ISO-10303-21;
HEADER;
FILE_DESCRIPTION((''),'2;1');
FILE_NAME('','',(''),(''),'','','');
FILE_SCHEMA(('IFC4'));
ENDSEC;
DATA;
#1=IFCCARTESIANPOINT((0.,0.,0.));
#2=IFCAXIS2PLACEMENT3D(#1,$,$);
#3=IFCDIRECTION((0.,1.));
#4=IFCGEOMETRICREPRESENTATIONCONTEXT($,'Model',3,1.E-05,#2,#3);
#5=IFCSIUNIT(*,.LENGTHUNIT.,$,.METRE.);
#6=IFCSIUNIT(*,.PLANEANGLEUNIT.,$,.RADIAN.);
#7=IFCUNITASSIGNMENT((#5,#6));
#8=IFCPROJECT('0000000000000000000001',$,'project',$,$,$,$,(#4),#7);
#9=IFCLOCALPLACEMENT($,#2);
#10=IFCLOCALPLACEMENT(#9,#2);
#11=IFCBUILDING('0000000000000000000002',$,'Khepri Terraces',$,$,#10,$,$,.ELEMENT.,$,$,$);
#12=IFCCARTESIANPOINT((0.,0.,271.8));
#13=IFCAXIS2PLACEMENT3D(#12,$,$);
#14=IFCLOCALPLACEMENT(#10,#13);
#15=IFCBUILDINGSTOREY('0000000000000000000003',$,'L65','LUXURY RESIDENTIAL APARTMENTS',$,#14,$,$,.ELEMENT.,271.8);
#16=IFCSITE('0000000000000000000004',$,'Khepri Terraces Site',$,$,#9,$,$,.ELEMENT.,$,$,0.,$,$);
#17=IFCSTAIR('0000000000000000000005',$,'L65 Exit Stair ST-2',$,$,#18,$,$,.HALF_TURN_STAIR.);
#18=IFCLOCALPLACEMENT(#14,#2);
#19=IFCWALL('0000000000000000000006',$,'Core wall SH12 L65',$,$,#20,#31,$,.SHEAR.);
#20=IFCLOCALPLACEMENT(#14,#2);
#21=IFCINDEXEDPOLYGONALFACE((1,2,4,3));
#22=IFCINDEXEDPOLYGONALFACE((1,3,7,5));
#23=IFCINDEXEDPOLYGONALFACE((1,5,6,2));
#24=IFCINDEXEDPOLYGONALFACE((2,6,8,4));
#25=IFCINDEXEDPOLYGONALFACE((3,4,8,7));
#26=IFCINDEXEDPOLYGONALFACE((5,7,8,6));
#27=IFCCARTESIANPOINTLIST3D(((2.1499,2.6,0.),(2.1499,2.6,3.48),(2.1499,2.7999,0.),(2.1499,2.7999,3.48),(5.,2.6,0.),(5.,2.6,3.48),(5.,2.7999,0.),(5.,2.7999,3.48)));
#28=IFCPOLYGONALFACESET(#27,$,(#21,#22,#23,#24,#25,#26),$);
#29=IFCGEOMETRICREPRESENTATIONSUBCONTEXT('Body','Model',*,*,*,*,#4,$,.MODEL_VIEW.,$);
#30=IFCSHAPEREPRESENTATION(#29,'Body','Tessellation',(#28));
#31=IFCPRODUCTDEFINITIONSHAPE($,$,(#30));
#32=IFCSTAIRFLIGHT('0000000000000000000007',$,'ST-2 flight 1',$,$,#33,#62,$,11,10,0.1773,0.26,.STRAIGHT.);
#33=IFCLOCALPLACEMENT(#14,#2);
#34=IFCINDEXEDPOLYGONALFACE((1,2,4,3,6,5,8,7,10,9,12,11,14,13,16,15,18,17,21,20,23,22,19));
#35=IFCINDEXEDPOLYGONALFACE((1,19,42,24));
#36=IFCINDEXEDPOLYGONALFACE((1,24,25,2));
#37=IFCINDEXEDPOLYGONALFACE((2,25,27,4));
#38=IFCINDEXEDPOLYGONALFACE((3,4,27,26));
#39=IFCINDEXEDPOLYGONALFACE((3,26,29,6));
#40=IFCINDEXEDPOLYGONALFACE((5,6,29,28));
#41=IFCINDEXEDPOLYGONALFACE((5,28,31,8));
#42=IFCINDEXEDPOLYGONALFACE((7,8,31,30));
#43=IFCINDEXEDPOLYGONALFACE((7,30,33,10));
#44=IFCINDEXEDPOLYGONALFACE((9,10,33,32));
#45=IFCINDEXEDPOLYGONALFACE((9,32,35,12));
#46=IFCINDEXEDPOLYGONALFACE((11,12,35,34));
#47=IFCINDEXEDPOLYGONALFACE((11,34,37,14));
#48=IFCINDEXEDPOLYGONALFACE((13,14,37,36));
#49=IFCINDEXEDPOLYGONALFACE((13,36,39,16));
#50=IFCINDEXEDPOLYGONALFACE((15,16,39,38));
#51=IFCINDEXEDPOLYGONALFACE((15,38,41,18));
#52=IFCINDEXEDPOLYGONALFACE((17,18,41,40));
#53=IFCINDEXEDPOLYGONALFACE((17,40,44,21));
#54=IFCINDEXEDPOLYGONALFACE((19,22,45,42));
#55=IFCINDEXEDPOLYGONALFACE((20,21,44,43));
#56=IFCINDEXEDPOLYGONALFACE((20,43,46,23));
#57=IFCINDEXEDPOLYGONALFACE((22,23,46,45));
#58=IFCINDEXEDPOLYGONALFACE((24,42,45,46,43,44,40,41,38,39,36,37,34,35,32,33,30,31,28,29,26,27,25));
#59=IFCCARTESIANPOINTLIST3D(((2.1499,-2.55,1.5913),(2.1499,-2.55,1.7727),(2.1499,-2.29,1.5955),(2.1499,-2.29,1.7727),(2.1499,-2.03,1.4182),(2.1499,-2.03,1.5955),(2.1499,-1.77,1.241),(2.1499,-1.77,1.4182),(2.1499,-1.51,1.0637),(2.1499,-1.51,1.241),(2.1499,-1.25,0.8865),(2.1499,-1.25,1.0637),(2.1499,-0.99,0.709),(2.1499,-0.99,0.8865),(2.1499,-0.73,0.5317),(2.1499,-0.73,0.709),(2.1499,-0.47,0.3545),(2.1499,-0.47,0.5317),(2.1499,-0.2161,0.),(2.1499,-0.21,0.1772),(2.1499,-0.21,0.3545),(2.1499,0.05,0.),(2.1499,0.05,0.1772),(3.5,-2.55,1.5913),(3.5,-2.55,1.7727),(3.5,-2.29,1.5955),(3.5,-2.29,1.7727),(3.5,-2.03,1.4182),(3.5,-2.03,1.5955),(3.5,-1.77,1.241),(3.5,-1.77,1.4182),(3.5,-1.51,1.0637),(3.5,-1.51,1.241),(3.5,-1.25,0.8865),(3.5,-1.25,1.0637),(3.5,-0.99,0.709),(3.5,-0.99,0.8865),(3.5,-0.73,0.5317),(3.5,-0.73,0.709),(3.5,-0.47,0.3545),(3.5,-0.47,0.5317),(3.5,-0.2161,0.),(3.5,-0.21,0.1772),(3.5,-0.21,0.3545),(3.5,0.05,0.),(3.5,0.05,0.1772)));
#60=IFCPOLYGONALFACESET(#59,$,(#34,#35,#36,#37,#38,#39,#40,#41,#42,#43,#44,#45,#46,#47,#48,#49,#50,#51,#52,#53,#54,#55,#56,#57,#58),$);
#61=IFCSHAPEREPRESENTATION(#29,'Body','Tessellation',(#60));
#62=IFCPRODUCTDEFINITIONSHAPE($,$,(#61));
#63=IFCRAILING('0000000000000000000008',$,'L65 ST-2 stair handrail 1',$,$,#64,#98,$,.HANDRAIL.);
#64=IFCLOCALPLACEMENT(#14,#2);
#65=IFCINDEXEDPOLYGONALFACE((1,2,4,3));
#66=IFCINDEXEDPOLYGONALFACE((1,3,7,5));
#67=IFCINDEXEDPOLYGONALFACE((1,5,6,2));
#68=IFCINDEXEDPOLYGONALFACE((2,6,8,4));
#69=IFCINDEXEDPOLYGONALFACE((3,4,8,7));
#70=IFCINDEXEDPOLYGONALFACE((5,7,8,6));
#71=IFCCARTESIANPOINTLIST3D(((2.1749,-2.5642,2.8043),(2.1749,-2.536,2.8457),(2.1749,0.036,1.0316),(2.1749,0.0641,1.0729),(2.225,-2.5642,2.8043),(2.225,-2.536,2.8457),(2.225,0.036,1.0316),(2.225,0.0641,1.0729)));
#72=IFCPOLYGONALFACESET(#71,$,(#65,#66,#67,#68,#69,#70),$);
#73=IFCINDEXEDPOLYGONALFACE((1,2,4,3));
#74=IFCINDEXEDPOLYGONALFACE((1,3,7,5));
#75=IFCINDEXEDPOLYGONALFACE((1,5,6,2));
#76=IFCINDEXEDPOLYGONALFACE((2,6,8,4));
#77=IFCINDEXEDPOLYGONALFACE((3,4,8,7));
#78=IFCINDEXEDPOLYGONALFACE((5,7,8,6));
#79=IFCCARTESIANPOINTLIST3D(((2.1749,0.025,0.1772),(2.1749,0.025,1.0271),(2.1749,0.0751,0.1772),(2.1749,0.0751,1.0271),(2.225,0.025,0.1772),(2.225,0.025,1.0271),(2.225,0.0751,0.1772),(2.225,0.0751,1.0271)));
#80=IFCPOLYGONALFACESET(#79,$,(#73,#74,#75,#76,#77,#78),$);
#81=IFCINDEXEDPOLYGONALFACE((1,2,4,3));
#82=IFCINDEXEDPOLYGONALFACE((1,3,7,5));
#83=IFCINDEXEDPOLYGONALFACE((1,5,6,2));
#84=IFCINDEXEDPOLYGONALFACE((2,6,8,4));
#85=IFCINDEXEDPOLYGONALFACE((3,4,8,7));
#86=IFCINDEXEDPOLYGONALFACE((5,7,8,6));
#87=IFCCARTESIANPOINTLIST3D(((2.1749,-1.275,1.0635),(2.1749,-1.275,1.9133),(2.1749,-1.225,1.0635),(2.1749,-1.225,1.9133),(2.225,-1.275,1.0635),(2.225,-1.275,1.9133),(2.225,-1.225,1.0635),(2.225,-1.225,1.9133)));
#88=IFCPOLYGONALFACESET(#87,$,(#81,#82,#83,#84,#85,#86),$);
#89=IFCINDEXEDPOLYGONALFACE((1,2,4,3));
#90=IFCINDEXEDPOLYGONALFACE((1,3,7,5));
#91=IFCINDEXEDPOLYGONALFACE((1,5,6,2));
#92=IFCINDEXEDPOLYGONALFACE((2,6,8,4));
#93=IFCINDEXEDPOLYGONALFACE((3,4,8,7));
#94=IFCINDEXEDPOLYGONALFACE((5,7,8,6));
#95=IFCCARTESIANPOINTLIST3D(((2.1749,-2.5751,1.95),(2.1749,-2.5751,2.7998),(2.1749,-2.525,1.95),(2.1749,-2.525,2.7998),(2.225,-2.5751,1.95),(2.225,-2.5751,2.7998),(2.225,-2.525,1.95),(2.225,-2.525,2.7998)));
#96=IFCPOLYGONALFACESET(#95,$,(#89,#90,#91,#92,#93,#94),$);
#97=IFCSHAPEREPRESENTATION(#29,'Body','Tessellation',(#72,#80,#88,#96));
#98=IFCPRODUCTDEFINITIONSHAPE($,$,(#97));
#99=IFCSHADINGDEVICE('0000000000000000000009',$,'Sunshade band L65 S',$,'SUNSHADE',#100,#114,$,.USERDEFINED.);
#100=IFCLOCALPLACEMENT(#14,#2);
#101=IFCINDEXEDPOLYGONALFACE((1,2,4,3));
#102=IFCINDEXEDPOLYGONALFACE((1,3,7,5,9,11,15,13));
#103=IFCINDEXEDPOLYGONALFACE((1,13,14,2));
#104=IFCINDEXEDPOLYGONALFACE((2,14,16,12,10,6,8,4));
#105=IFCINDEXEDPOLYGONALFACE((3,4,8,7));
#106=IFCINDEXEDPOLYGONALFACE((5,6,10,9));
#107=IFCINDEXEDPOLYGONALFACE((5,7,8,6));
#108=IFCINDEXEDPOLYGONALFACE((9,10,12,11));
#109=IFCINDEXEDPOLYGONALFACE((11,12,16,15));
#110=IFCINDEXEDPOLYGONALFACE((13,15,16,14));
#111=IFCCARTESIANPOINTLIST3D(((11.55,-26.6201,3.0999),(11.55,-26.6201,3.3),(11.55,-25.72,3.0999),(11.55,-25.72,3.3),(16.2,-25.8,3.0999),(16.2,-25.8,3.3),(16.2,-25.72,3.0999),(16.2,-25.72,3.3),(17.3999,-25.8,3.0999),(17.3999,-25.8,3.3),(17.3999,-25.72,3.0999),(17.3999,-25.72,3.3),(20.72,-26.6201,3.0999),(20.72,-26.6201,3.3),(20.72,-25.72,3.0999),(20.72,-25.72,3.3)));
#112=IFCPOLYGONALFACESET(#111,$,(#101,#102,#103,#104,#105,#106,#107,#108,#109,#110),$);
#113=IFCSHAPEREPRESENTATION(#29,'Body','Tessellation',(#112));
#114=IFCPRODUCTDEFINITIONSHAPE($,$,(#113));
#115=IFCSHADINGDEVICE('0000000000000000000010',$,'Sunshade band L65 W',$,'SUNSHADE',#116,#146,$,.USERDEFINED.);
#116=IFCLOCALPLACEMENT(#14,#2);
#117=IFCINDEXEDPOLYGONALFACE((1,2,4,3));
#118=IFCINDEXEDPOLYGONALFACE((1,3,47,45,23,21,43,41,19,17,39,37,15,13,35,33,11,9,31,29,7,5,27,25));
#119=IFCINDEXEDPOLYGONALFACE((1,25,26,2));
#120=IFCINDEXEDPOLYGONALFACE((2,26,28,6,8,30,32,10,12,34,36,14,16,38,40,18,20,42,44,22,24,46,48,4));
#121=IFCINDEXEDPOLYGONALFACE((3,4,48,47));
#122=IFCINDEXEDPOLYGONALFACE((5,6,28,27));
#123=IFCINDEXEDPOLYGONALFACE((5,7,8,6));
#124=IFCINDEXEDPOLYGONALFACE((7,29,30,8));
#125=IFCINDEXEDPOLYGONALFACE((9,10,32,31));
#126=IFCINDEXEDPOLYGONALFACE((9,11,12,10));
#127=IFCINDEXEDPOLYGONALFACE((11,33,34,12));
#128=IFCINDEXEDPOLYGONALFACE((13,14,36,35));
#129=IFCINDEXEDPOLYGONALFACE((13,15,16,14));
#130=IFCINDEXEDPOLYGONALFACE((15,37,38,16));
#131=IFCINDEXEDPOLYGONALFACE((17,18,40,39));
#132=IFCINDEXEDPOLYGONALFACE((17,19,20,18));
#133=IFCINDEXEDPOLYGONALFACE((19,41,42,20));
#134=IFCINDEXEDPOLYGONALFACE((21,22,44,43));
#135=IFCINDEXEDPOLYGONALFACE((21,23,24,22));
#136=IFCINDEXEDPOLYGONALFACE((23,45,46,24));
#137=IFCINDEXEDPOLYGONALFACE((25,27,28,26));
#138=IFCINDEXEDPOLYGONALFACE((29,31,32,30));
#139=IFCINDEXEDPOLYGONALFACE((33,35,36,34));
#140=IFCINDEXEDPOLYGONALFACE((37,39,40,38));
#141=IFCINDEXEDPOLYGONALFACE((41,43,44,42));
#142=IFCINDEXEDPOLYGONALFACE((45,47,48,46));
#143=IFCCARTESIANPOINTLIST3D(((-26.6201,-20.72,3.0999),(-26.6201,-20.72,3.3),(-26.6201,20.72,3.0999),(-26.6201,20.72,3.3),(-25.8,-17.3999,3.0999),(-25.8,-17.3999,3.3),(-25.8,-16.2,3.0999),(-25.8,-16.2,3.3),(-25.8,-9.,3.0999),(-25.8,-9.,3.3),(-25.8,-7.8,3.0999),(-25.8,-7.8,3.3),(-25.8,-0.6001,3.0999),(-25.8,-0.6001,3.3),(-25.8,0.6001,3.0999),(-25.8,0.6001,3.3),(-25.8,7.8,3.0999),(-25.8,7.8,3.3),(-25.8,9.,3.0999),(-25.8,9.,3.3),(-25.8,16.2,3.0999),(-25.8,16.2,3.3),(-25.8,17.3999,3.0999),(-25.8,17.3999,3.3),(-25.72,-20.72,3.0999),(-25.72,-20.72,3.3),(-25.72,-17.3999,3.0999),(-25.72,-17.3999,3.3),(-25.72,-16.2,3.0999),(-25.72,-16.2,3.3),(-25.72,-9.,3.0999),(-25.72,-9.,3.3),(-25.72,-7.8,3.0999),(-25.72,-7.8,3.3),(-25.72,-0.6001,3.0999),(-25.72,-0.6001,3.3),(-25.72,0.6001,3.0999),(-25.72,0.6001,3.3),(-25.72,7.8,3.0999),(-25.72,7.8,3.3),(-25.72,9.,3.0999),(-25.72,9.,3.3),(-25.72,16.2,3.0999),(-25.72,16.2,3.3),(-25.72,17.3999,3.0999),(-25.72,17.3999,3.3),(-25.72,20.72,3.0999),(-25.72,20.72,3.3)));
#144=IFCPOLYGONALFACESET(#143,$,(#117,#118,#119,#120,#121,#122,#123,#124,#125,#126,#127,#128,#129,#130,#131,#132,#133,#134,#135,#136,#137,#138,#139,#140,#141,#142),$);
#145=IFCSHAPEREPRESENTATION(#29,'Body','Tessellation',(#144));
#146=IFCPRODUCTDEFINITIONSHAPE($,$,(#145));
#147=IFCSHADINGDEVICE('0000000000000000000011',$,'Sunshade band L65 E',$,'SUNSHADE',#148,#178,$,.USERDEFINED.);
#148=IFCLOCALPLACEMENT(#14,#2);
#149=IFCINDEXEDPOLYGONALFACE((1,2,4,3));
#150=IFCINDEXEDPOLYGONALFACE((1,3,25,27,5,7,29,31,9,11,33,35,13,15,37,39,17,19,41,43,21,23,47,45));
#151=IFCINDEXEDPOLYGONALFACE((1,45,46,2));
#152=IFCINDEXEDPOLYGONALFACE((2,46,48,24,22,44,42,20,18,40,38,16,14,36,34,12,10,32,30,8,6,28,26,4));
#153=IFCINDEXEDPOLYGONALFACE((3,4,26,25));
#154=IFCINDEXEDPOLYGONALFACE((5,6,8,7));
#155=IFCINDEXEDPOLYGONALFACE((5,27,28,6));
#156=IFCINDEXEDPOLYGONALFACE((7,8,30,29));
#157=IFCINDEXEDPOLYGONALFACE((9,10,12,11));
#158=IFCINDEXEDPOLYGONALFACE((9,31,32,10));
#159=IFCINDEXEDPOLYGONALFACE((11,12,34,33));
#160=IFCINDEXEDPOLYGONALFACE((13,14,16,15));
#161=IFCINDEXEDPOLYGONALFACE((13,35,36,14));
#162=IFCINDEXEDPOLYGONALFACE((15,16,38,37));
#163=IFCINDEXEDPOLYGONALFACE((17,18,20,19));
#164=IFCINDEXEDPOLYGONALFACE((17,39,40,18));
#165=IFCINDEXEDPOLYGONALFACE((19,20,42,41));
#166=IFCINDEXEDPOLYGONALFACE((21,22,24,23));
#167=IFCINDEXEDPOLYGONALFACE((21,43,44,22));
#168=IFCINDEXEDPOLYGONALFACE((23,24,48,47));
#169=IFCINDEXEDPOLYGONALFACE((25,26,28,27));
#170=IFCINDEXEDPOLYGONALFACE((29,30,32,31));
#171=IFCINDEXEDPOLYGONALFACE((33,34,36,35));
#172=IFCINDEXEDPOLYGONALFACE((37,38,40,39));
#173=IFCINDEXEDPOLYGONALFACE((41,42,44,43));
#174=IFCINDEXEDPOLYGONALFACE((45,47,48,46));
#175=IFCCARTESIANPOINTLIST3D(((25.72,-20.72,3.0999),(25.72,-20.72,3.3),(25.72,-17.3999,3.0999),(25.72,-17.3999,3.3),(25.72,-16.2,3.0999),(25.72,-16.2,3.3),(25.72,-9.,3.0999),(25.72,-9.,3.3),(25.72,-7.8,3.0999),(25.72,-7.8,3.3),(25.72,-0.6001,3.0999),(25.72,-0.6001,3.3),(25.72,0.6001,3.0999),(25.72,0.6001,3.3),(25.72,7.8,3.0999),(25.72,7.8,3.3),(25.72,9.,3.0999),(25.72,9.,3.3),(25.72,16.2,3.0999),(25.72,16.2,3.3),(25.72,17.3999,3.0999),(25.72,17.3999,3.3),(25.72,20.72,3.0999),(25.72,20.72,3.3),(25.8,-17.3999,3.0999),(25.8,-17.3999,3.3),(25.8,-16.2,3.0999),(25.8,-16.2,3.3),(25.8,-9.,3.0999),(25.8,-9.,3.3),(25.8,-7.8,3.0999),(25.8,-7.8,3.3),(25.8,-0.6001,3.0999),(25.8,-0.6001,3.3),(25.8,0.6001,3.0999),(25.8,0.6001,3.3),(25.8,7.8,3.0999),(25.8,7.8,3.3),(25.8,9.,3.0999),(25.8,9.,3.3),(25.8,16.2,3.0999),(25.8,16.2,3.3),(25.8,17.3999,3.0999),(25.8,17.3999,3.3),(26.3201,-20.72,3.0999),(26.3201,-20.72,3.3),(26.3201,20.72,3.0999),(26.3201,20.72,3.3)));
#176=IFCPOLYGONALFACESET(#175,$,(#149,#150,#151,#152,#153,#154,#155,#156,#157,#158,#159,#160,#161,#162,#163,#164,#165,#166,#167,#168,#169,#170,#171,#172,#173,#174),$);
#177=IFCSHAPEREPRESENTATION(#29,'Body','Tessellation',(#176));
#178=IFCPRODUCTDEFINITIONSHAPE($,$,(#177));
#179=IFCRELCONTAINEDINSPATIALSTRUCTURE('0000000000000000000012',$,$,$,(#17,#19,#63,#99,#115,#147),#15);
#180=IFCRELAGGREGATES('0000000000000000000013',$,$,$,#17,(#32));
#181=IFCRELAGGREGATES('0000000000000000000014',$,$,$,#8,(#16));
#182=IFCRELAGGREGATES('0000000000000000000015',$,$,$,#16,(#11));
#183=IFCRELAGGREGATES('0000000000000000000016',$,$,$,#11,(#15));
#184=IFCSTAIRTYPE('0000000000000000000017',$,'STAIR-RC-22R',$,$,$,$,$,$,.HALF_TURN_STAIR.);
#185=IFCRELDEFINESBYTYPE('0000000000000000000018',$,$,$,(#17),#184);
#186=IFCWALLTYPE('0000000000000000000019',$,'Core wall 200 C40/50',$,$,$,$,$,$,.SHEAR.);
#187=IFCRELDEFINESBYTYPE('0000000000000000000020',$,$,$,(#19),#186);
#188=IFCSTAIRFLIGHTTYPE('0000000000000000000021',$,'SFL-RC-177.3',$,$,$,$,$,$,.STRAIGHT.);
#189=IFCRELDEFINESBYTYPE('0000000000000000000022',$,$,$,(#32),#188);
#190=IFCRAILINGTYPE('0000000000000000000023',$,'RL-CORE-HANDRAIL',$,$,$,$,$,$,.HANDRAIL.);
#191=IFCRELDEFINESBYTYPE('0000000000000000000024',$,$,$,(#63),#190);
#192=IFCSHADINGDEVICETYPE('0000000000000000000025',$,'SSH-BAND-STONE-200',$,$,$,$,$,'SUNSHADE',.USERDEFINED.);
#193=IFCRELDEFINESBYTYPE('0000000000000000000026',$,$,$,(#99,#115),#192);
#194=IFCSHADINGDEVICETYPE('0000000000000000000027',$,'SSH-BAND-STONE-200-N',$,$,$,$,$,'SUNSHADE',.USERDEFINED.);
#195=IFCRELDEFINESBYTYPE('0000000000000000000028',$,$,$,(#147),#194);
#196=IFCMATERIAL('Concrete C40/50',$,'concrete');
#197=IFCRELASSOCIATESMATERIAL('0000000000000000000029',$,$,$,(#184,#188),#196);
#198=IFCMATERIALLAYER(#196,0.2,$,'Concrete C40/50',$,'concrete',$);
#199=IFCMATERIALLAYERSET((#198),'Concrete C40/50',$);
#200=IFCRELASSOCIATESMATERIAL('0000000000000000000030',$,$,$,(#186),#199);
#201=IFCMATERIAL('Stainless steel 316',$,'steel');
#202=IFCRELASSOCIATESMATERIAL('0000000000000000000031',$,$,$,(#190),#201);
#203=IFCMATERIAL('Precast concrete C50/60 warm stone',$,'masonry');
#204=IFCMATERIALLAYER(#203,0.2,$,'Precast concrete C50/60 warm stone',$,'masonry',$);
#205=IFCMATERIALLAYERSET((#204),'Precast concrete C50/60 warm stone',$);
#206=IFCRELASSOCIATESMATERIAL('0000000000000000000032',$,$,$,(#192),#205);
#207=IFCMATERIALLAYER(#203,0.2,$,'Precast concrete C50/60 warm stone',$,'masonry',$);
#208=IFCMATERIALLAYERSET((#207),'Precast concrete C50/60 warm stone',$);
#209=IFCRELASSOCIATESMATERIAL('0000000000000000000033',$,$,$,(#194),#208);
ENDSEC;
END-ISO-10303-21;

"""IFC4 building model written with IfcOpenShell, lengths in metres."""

from ifc_helpers import new_model, si_unit, direction, frame, frame_2d, origin, origin_2d, place, context, subcontext, project, spatial, polyline, rectangle, outline, extrude, material, layer, layer_set, type_object, element, aggregate, save


model = new_model("IFC4")

# Units and contexts
model_context = context("Model", 3, precision=1e-05, world=origin(), true_north=direction((0.0, 1.0)))
body_context = subcontext(model_context, "Body", "Model", "MODEL_VIEW")
ifc_project = project(units=[si_unit("LENGTHUNIT", "METRE"), si_unit("PLANEANGLEUNIT", "RADIAN")], contexts=[model_context])

# Site, building, storey
site_placement = place(None, origin())
site = spatial("IfcSite", under=ifc_project, at=site_placement, Name="Khepri Terraces Site", CompositionType="ELEMENT", RefElevation=0.0)
building_placement = place(site_placement, origin())
building = spatial("IfcBuilding", under=site, at=building_placement, Name="Khepri Terraces", CompositionType="ELEMENT")
storey_placement = place(building_placement, frame((0.0, 0.0, 271.8)))
storey = spatial("IfcBuildingStorey", under=building, at=storey_placement, Name="L65", Description="LUXURY RESIDENTIAL APARTMENTS", CompositionType="ELEMENT", Elevation=271.8)

# Stair
ifc_material_1 = material(Name="Concrete C40/50", Category="concrete")
stair_type = type_object("IfcStairType", Name="STAIR-RC-22R", PredefinedType="HALF_TURN_STAIR", material=ifc_material_1)
stair_1_placement = place(storey_placement, origin())
stair_1 = element("IfcStair", 1, at=stair_1_placement, inside=storey, type_object=stair_type, Name="L65 Exit Stair ST-2", PredefinedType="HALF_TURN_STAIR")

# Shared definitions
ifc_layer_1 = layer(ifc_material_1, 0.2, Name="Concrete C40/50", Category="concrete")
ifc_layer_set_1 = layer_set([ifc_layer_1], Name="Concrete C40/50")
wall_type = type_object("IfcWallType", Name="Core wall 200 C40/50", PredefinedType="SHEAR", material=ifc_layer_set_1)

# Wall
wall_1_placement = place(storey_placement, frame((2.1499, 2.7, 0.0), z_axis=(0.0, 0.0, 1.0), x_axis=(1.0, 0.0, 0.0)))
element("IfcWall", 2, at=wall_1_placement, inside=storey, type_object=wall_type, Name="Core wall SH12 L65", PredefinedType="SHEAR", context=body_context, shape_type="SweptSolid", body=[
    extrude(rectangle(XDim=2.8501, YDim=0.2, at=frame_2d((1.425, 0.0))), origin(), (0.0, 0.0, 1.0), 3.48),
])

# Stair flight
stair_flight_type = type_object("IfcStairFlightType", Name="SFL-RC-177.3", PredefinedType="STRAIGHT", material=ifc_material_1)
stair_flight_placement = place(storey_placement, frame((2.825, 0.05, 0.0), z_axis=(0.0, 0.0, 1.0), x_axis=(0.0, -1.0, 0.0)))
stair_flight = element("IfcStairFlight", 3, at=stair_flight_placement, type_object=stair_flight_type, Name="ST-2 flight 1", NumberOfRisers=11, NumberOfTreads=10, PredefinedType="STRAIGHT", RiserHeight=0.1773, TreadLength=0.26, context=body_context, shape_type="SweptSolid", body=[
    extrude(outline(polyline([(0.0, 0.0), (0.0, 0.1772), (0.26, 0.1772), (0.26, 0.3545), (0.52, 0.3545), (0.52, 0.5317), (0.78, 0.5317), (0.78, 0.709), (1.04, 0.709), (1.04, 0.8865), (1.3, 0.8865), (1.3, 1.0637), (1.5601, 1.0637), (1.5601, 1.241), (1.8201, 1.241), (1.8201, 1.4182), (2.0801, 1.4182), (2.0801, 1.5955), (2.3401, 1.5955), (2.3401, 1.7727), (2.6001, 1.7727), (2.6001, 1.95), (2.6001, 1.5913), (0.2661, 0.0), (0.0, 0.0)])), frame((0.0, 0.675, 0.0), z_axis=(0.0, -1.0, 0.0), x_axis=(1.0, 0.0, 0.0)), (0.0, 0.0, 1.0), 1.3501),
])
aggregate(stair_1, [stair_flight])

# Railing
ifc_material_2 = material(Name="Stainless steel 316", Category="steel")
railing_type = type_object("IfcRailingType", Name="RL-CORE-HANDRAIL", PredefinedType="HANDRAIL", material=ifc_material_2)
railing_placement = place(storey_placement, frame((2.2, 0.05, 0.1772)))
element("IfcRailing", 4, at=railing_placement, inside=storey, type_object=railing_type, Name="L65 ST-2 stair handrail 1", PredefinedType="HANDRAIL", context=body_context, shape_type="SweptSolid", body=[
    extrude(rectangle(XDim=0.05, YDim=0.05, at=origin_2d()), frame((0.0, 0.0, 0.875), z_axis=(0.0, -0.82624, 0.563318), x_axis=(1.0, 0.0, 0.0)), (0.0, 0.0, 1.0), 3.147),
    extrude(rectangle(XDim=0.05, YDim=0.05, at=origin_2d()), origin(), (0.0, 0.0, 1.0), 0.8499),
    extrude(rectangle(XDim=0.05, YDim=0.05, at=origin_2d()), frame((0.0, -1.3, 0.8862)), (0.0, 0.0, 1.0), 0.8499),
    extrude(rectangle(XDim=0.05, YDim=0.05, at=origin_2d()), frame((0.0, -2.6001, 1.7727)), (0.0, 0.0, 1.0), 0.8499),
])

# Shading devices
ifc_material_3 = material(Name="Precast concrete C50/60 warm stone", Category="masonry")
ifc_layer_2 = layer(ifc_material_3, 0.2, Name="Precast concrete C50/60 warm stone", Category="masonry")
ifc_layer_set_2 = layer_set([ifc_layer_2], Name="Precast concrete C50/60 warm stone")
shading_device_type_1 = type_object("IfcShadingDeviceType", Name="SSH-BAND-STONE-200", ElementType="SUNSHADE", PredefinedType="USERDEFINED", material=ifc_layer_set_2)
shading_device_1_placement = place(storey_placement, frame((0.0, 0.0, 3.0999)))
element("IfcShadingDevice", 5, at=shading_device_1_placement, inside=storey, type_object=shading_device_type_1, Name="Sunshade band L65 S", ObjectType="SUNSHADE", PredefinedType="USERDEFINED", context=body_context, shape_type="SweptSolid", body=[
    extrude(outline(polyline([(16.2, -25.72), (11.55, -25.72), (11.55, -26.6201), (20.72, -26.6201), (20.72, -25.72), (17.3999, -25.72), (17.3999, -25.8), (16.2, -25.8), (16.2, -25.72)])), origin(), (0.0, 0.0, 1.0), 0.2002),
])
shading_device_2_placement = place(storey_placement, frame((0.0, 0.0, 3.0999)))
element("IfcShadingDevice", 6, at=shading_device_2_placement, inside=storey, type_object=shading_device_type_1, Name="Sunshade band L65 W", ObjectType="SUNSHADE", PredefinedType="USERDEFINED", context=body_context, shape_type="SweptSolid", body=[
    extrude(outline(polyline([(-25.72, 17.3999), (-25.72, 20.72), (-26.6201, 20.72), (-26.6201, -20.72), (-25.72, -20.72), (-25.72, -17.3999), (-25.8, -17.3999), (-25.8, -16.2), (-25.72, -16.2), (-25.72, -9.0), (-25.8, -9.0), (-25.8, -7.8), (-25.72, -7.8), (-25.72, -0.6001), (-25.8, -0.6001), (-25.8, 0.6001), (-25.72, 0.6001), (-25.72, 7.8), (-25.8, 7.8), (-25.8, 9.0), (-25.72, 9.0), (-25.72, 16.2), (-25.8, 16.2), (-25.8, 17.3999), (-25.72, 17.3999)])), origin(), (0.0, 0.0, 1.0), 0.2002),
])
ifc_layer_3 = layer(ifc_material_3, 0.2, Name="Precast concrete C50/60 warm stone", Category="masonry")
ifc_layer_set_3 = layer_set([ifc_layer_3], Name="Precast concrete C50/60 warm stone")
shading_device_type_2 = type_object("IfcShadingDeviceType", Name="SSH-BAND-STONE-200-N", ElementType="SUNSHADE", PredefinedType="USERDEFINED", material=ifc_layer_set_3)
shading_device_3_placement = place(storey_placement, frame((0.0, 0.0, 3.0999)))
element("IfcShadingDevice", 7, at=shading_device_3_placement, inside=storey, type_object=shading_device_type_2, Name="Sunshade band L65 E", ObjectType="SUNSHADE", PredefinedType="USERDEFINED", context=body_context, shape_type="SweptSolid", body=[
    extrude(outline(polyline([(25.72, -17.3999), (25.72, -20.72), (26.3201, -20.72), (26.3201, 20.72), (25.72, 20.72), (25.72, 17.3999), (25.8, 17.3999), (25.8, 16.2), (25.72, 16.2), (25.72, 9.0), (25.8, 9.0), (25.8, 7.8), (25.72, 7.8), (25.72, 0.6001), (25.8, 0.6001), (25.8, -0.6001), (25.72, -0.6001), (25.72, -7.8), (25.8, -7.8), (25.8, -9.0), (25.72, -9.0), (25.72, -16.2), (25.8, -16.2), (25.8, -17.3999), (25.72, -17.3999)])), origin(), (0.0, 0.0, 1.0), 0.2002),
])

save(model, "model.ifc")
